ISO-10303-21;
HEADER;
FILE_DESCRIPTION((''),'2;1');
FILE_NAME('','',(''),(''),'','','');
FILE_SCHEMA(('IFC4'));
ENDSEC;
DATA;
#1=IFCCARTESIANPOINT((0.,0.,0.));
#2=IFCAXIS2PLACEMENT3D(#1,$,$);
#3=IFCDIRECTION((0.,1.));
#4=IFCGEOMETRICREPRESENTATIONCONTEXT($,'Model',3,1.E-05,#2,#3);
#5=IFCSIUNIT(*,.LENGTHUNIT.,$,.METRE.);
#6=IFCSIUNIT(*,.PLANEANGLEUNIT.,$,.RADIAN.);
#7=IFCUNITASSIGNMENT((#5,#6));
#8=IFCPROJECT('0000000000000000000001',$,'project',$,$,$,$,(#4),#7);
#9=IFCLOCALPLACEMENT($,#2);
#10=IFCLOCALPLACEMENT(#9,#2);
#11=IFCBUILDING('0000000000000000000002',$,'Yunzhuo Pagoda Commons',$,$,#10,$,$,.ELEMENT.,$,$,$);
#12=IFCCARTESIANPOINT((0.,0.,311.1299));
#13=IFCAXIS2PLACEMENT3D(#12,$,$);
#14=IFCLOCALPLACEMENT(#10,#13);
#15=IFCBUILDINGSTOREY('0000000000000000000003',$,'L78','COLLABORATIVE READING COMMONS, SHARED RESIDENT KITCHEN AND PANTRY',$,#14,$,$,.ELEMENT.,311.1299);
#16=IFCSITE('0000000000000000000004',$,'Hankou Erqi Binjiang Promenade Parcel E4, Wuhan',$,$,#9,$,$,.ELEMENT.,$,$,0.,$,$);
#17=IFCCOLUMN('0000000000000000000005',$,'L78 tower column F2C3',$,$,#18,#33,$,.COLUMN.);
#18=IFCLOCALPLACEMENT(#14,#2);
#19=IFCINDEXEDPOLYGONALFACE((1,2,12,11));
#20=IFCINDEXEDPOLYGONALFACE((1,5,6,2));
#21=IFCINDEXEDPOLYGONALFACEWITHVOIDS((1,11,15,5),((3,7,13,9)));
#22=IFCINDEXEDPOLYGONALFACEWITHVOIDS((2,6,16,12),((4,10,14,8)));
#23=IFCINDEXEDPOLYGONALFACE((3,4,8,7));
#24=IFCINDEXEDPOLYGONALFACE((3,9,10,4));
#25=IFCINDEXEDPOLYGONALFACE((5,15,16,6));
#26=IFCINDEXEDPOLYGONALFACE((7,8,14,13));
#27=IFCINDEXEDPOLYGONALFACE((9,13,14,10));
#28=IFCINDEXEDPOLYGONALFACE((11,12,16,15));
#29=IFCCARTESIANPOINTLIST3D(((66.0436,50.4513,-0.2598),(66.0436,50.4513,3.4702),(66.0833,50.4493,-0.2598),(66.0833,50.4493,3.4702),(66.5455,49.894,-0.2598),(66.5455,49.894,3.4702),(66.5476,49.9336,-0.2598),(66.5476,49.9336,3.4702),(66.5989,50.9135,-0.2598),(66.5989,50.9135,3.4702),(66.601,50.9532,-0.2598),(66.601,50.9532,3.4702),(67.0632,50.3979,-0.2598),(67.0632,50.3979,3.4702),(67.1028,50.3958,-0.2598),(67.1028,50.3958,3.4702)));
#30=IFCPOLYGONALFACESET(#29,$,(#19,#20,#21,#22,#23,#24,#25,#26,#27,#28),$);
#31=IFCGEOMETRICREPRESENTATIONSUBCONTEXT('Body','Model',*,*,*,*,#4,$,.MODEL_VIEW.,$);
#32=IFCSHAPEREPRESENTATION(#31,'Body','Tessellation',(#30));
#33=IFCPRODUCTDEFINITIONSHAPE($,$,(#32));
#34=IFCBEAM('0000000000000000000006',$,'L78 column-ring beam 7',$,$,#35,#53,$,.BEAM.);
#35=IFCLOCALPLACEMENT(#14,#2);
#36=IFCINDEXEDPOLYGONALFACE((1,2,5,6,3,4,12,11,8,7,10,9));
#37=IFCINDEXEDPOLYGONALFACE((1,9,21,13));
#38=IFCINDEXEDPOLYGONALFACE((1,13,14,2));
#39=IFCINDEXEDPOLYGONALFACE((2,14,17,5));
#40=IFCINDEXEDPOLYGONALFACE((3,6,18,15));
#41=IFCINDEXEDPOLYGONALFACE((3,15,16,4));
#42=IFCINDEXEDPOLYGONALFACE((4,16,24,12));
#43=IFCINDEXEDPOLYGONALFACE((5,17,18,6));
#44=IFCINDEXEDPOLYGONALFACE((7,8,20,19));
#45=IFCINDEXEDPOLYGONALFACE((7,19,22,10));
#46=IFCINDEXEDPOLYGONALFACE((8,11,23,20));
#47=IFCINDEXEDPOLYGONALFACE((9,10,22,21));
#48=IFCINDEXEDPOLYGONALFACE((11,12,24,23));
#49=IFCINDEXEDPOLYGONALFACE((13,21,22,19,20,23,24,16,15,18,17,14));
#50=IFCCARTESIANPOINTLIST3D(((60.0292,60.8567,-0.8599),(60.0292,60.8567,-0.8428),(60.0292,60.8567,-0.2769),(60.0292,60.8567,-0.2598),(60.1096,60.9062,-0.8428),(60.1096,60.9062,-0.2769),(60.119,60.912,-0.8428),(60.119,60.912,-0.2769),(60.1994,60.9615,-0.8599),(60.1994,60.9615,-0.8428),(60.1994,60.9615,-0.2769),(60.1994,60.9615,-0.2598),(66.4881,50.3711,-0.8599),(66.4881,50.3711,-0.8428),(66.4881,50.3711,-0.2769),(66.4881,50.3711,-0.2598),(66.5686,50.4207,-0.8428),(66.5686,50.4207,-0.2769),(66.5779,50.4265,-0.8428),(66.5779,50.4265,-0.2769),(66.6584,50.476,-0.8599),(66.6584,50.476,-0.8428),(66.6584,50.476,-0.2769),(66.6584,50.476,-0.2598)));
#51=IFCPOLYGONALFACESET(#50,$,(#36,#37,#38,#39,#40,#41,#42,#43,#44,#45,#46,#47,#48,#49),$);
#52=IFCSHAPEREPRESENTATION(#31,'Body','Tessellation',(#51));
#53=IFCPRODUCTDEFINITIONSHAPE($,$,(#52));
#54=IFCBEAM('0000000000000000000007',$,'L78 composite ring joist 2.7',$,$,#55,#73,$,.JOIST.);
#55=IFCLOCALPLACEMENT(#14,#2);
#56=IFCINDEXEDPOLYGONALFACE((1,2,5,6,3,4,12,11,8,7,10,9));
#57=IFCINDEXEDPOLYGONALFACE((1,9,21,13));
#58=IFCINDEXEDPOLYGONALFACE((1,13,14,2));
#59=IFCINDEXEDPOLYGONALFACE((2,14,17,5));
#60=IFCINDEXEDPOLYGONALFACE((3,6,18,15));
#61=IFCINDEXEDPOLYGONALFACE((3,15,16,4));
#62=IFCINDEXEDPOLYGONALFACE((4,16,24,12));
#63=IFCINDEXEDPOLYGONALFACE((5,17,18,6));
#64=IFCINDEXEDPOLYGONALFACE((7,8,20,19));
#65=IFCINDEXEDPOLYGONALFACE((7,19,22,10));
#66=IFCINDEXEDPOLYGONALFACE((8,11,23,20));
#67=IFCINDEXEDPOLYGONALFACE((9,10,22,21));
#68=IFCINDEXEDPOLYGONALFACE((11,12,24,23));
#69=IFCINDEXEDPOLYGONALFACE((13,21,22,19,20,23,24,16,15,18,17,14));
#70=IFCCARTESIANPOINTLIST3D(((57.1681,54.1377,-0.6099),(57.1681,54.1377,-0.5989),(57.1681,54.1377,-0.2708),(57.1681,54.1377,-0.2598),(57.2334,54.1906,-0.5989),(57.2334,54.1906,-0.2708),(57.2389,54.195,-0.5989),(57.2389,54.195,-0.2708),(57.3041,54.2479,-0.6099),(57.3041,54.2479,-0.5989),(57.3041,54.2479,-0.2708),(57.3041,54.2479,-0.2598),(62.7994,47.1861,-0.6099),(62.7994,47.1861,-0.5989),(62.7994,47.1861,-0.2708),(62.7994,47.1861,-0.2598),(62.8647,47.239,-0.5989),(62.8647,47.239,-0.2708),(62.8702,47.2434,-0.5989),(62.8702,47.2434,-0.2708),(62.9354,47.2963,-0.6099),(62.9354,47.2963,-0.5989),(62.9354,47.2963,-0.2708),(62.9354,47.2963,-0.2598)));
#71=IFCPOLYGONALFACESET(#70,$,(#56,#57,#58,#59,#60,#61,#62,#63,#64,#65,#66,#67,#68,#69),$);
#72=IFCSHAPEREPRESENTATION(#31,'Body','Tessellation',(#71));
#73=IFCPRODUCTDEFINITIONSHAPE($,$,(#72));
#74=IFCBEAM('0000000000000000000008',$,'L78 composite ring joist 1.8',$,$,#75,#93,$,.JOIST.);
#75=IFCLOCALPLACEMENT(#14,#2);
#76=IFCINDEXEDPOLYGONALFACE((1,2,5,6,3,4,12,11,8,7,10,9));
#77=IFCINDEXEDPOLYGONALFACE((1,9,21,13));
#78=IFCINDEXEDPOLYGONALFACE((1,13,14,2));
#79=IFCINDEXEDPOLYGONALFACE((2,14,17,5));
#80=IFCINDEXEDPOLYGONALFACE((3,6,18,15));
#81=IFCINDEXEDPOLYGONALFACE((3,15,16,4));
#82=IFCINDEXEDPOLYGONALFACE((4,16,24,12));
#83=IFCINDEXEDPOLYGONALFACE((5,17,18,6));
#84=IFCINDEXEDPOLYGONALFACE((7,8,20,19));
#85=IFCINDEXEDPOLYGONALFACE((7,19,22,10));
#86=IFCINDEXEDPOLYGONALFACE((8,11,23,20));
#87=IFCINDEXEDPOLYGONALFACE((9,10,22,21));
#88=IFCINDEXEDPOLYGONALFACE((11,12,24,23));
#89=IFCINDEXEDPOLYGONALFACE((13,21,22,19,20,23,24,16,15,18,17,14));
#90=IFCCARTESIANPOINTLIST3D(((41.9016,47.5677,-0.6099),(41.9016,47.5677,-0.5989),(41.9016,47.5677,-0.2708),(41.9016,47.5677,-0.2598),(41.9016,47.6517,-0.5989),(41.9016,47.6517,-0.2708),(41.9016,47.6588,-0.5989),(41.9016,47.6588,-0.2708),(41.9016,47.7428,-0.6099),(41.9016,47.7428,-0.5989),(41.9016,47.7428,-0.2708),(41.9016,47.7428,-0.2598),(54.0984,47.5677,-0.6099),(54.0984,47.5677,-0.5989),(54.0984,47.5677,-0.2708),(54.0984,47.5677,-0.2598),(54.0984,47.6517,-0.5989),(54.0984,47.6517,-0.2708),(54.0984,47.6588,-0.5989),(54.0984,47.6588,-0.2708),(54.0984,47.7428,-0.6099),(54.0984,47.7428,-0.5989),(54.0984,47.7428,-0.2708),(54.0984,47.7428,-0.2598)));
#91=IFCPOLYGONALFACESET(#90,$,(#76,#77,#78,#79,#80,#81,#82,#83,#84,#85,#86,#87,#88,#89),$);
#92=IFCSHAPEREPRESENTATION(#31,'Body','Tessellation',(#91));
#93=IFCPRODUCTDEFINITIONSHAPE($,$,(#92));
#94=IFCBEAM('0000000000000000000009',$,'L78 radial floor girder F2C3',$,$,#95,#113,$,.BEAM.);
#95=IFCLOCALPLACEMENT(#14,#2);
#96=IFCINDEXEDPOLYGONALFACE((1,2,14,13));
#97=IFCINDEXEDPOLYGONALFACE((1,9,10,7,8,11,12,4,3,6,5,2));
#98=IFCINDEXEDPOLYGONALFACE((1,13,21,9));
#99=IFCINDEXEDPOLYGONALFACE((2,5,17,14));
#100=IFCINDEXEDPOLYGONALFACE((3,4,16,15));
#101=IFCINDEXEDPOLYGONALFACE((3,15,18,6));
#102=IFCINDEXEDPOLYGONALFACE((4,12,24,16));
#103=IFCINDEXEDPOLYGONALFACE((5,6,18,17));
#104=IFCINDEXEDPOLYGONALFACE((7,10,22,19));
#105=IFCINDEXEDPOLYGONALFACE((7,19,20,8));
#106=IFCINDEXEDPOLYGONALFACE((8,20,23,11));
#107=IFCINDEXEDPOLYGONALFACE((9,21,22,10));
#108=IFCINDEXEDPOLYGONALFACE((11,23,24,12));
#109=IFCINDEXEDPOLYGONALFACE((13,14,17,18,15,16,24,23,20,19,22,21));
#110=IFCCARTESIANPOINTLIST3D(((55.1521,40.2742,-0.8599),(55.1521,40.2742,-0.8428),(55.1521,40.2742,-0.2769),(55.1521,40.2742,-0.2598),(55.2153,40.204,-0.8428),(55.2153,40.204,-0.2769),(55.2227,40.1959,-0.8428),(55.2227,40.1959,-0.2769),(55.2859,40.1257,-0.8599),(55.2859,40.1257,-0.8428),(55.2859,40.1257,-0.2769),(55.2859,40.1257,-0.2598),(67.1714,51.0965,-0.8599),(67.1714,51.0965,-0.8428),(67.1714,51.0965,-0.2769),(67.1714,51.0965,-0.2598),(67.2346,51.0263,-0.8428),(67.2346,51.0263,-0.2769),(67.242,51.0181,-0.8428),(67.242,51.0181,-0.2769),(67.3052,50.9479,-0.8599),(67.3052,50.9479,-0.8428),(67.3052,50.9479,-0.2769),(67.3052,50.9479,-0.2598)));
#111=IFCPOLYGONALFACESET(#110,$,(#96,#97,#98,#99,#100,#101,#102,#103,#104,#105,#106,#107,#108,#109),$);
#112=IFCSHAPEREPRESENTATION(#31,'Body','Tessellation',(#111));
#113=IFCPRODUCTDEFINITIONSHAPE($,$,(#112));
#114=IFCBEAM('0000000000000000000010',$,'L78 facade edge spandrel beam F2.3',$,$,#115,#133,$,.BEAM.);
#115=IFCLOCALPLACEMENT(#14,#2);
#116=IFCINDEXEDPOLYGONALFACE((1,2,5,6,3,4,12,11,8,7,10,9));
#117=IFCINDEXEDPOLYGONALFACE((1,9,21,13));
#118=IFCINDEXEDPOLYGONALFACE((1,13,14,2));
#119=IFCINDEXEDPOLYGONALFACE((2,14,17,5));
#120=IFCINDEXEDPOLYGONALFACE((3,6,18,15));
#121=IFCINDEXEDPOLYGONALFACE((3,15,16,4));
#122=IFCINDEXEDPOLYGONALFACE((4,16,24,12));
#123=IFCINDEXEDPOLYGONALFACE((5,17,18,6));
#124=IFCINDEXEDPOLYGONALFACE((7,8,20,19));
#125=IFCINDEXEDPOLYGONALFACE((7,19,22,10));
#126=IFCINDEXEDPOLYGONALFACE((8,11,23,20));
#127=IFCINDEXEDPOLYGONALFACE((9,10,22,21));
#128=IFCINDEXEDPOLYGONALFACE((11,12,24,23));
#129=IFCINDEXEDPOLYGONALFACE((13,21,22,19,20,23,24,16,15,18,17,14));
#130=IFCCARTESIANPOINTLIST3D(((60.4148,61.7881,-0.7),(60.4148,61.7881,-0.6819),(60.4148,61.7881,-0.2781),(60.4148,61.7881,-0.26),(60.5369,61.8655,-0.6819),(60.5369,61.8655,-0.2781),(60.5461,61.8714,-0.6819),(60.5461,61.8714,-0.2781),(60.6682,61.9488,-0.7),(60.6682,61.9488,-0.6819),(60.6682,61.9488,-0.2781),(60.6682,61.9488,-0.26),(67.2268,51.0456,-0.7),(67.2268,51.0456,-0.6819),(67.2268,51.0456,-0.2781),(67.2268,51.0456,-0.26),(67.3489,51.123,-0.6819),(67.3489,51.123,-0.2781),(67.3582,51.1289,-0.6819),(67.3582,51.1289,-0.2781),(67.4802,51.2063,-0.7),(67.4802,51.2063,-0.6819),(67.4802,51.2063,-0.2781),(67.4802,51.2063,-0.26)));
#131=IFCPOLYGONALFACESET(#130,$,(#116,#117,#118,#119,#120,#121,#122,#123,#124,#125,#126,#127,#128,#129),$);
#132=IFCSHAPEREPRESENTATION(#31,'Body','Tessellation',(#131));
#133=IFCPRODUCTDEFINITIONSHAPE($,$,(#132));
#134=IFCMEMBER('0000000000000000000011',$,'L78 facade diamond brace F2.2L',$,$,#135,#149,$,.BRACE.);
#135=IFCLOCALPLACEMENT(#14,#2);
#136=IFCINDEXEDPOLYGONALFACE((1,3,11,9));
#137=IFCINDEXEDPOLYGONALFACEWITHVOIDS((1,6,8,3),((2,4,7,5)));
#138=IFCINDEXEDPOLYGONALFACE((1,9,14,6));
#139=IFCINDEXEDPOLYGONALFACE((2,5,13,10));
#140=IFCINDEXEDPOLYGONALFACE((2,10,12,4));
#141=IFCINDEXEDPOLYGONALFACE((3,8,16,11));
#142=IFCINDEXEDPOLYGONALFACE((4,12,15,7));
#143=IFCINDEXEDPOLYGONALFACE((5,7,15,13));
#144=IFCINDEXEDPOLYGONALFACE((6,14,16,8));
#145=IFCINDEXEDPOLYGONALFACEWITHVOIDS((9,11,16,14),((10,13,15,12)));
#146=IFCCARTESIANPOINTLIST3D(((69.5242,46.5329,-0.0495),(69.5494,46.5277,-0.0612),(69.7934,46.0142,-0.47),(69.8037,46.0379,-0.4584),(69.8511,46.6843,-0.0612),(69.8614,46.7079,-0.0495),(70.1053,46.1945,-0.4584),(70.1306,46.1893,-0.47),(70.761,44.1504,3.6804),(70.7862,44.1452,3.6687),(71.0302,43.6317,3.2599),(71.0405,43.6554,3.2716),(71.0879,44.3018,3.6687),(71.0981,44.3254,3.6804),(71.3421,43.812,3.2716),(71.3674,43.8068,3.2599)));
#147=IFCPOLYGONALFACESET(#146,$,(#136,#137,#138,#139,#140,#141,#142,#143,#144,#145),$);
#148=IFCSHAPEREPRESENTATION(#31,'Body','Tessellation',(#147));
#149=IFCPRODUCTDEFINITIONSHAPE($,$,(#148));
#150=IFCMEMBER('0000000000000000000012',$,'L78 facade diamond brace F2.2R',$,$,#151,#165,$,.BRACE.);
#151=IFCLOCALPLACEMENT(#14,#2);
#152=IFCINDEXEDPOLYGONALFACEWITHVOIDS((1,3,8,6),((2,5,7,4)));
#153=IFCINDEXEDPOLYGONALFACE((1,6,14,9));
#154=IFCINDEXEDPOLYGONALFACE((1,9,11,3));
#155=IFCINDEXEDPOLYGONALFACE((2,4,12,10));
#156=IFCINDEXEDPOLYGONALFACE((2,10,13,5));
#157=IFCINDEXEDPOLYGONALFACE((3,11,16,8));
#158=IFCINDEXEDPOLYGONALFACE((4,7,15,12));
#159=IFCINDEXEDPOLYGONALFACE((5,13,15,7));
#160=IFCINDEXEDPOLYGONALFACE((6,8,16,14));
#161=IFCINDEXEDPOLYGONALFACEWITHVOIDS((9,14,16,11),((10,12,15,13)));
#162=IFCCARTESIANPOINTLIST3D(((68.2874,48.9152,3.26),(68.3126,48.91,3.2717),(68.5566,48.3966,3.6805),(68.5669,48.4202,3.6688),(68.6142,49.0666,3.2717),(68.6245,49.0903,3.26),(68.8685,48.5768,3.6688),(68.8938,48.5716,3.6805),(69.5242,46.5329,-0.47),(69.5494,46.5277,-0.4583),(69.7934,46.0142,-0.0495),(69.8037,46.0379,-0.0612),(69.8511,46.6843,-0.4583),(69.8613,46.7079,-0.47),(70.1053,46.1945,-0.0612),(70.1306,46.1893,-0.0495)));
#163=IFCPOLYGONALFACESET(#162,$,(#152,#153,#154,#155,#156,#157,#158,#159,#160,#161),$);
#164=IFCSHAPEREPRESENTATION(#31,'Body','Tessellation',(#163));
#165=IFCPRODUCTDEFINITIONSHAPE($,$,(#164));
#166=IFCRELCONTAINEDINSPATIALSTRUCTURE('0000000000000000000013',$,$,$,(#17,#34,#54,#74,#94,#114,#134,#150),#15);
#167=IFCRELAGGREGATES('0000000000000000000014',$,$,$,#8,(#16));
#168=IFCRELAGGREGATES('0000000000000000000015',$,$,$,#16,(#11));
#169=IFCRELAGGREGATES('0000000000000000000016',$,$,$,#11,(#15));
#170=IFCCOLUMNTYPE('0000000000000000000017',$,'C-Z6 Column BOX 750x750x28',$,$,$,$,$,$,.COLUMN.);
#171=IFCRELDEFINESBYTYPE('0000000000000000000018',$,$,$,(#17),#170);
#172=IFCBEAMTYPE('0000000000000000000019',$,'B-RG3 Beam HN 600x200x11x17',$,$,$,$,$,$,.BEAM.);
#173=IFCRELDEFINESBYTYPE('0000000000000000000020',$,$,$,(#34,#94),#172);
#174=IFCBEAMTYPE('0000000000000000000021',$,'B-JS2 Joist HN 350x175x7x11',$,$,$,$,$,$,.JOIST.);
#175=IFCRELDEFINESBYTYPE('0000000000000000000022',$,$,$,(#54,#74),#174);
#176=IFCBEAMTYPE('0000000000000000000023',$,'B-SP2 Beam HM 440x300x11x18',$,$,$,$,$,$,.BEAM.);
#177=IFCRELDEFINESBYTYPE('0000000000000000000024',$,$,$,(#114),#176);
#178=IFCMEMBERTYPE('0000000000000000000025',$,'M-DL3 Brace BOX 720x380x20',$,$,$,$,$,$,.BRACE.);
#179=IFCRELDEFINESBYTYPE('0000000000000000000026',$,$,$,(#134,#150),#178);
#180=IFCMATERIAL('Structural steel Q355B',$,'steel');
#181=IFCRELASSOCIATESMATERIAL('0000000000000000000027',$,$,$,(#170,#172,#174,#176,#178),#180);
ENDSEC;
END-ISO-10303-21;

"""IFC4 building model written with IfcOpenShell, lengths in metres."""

from ifc_helpers import new_model, si_unit, direction, frame, origin, origin_2d, place, context, subcontext, project, spatial, hollow_rectangle, i_section, extrude, source, transform, mapped, material, material_profile, profile_set, type_object, element, save


model = new_model("IFC4")

# Units and contexts
model_context = context("Model", 3, precision=1e-05, world=origin(), true_north=direction((0.0, 1.0)))
body_context = subcontext(model_context, "Body", "Model", "MODEL_VIEW")
ifc_project = project(units=[si_unit("LENGTHUNIT", "METRE"), si_unit("PLANEANGLEUNIT", "RADIAN")], contexts=[model_context])

# Site, building, storey
site_placement = place(None, origin())
site = spatial("IfcSite", under=ifc_project, at=site_placement, Name="Hankou Erqi Binjiang Promenade Parcel E4, Wuhan", CompositionType="ELEMENT", RefElevation=0.0)
building_placement = place(site_placement, origin())
building = spatial("IfcBuilding", under=site, at=building_placement, Name="Yunzhuo Pagoda Commons", CompositionType="ELEMENT")
storey_placement = place(building_placement, frame((0.0, 0.0, 311.1299)))
storey = spatial("IfcBuildingStorey", under=building, at=storey_placement, Name="L78", Description="COLLABORATIVE READING COMMONS, SHARED RESIDENT KITCHEN AND PANTRY", CompositionType="ELEMENT", Elevation=311.1299)

# Column
ifc_material_1 = material(Name="Structural steel Q355B", Category="steel")
ifc_material_profile_1 = material_profile(ifc_material_1, hollow_rectangle(XDim=0.75, YDim=0.75, WallThickness=0.0281, at=origin_2d()), Name="Structural steel Q355B")
ifc_profile_set_1 = profile_set([ifc_material_profile_1], Name="Structural steel Q355B")
column_type = type_object("IfcColumnType", Name="C-Z6 Column BOX 750x750x28", PredefinedType="COLUMN", material=ifc_profile_set_1)
shared_shape_1 = source(origin(), body_context, "Body", "SweptSolid", [
    extrude(hollow_rectangle(XDim=0.75, YDim=0.75, WallThickness=0.0281, at=origin_2d()), origin(), (0.0, 0.0, 1.0), 3.73),
])
column_placement = place(storey_placement, frame((66.5732, 50.4236, -0.2598), z_axis=(0.0, 0.0, 1.0), x_axis=(-0.669131, 0.743145, 0.0)))
element("IfcColumn", 1, at=column_placement, inside=storey, type_object=column_type, Name="L78 tower column F2C3", PredefinedType="COLUMN", context=body_context, shape_type="MappedRepresentation", body=[
    mapped(shared_shape_1, transform((0.0, 0.0, 0.0), scale=1.0)),
])

# Beams
ifc_material_profile_2 = material_profile(ifc_material_1, i_section(OverallWidth=0.2, OverallDepth=0.6001, WebThickness=0.011, FlangeThickness=0.0171, at=origin_2d()), Name="Structural steel Q355B")
ifc_profile_set_2 = profile_set([ifc_material_profile_2], Name="Structural steel Q355B")
beam_type_1 = type_object("IfcBeamType", Name="B-RG3 Beam HN 600x200x11x17", PredefinedType="BEAM", material=ifc_profile_set_2)
shared_shape_2 = source(origin(), body_context, "Body", "SweptSolid", [
    extrude(i_section(OverallWidth=0.2, OverallDepth=0.6001, WebThickness=0.011, FlangeThickness=0.0171, at=origin_2d()), origin(), (0.0, 0.0, 1.0), 12.3152),
])
beam_1_placement = place(storey_placement, frame((66.5732, 50.4236, -0.5598), z_axis=(-0.524469, 0.85143, 0.0), x_axis=(-0.85143, -0.524469, 0.0)))
element("IfcBeam", 2, at=beam_1_placement, inside=storey, type_object=beam_type_1, Name="L78 column-ring beam 7", PredefinedType="BEAM", context=body_context, shape_type="MappedRepresentation", body=[
    mapped(shared_shape_2, transform((0.0, 0.0, 0.0), scale=1.0)),
])
ifc_material_profile_3 = material_profile(ifc_material_1, i_section(OverallWidth=0.175, OverallDepth=0.3501, WebThickness=0.0071, FlangeThickness=0.011, at=origin_2d()), Name="Structural steel Q355B")
ifc_profile_set_3 = profile_set([ifc_material_profile_3], Name="Structural steel Q355B")
beam_type_2 = type_object("IfcBeamType", Name="B-JS2 Joist HN 350x175x7x11", PredefinedType="JOIST", material=ifc_profile_set_3)
shared_shape_3 = source(origin(), body_context, "Body", "SweptSolid", [
    extrude(i_section(OverallWidth=0.175, OverallDepth=0.3501, WebThickness=0.0071, FlangeThickness=0.011, at=origin_2d()), origin(), (0.0, 0.0, 1.0), 8.9463),
])
beam_2_placement = place(storey_placement, frame((62.8674, 47.2412, -0.4348), z_axis=(-0.629456, 0.777036, 0.0), x_axis=(-0.777036, -0.629456, 0.0)))
element("IfcBeam", 3, at=beam_2_placement, inside=storey, type_object=beam_type_2, Name="L78 composite ring joist 2.7", PredefinedType="JOIST", context=body_context, shape_type="MappedRepresentation", body=[
    mapped(shared_shape_3, transform((0.0, 0.0, 0.0), scale=1.0)),
])
shared_shape_4 = source(origin(), body_context, "Body", "SweptSolid", [
    extrude(i_section(OverallWidth=0.175, OverallDepth=0.3501, WebThickness=0.0071, FlangeThickness=0.011, at=origin_2d()), origin(), (0.0, 0.0, 1.0), 12.1968),
])
beam_3_placement = place(storey_placement, frame((54.0984, 47.6553, -0.4348), z_axis=(-1.0, 0.0, 0.0), x_axis=(0.0, -1.0, 0.0)))
element("IfcBeam", 4, at=beam_3_placement, inside=storey, type_object=beam_type_2, Name="L78 composite ring joist 1.8", PredefinedType="JOIST", context=body_context, shape_type="MappedRepresentation", body=[
    mapped(shared_shape_4, transform((0.0, 0.0, 0.0), scale=1.0)),
])
shared_shape_5 = source(origin(), body_context, "Body", "SweptSolid", [
    extrude(i_section(OverallWidth=0.2, OverallDepth=0.6001, WebThickness=0.011, FlangeThickness=0.0171, at=origin_2d()), origin(), (0.0, 0.0, 1.0), 16.1736),
])
beam_4_placement = place(storey_placement, frame((67.2383, 51.0222, -0.5598), z_axis=(-0.743143, -0.669132, 0.0), x_axis=(0.669132, -0.743143, 0.0)))
element("IfcBeam", 5, at=beam_4_placement, inside=storey, type_object=beam_type_1, Name="L78 radial floor girder F2C3", PredefinedType="BEAM", context=body_context, shape_type="MappedRepresentation", body=[
    mapped(shared_shape_5, transform((0.0, 0.0, 0.0), scale=1.0)),
])
ifc_material_profile_4 = material_profile(ifc_material_1, i_section(OverallWidth=0.3, OverallDepth=0.4399, WebThickness=0.011, FlangeThickness=0.0181, at=origin_2d()), Name="Structural steel Q355B")
ifc_profile_set_4 = profile_set([ifc_material_profile_4], Name="Structural steel Q355B")
beam_type_3 = type_object("IfcBeamType", Name="B-SP2 Beam HM 440x300x11x18", PredefinedType="BEAM", material=ifc_profile_set_4)
shared_shape_6 = source(origin(), body_context, "Body", "SweptSolid", [
    extrude(i_section(OverallWidth=0.3, OverallDepth=0.4399, WebThickness=0.011, FlangeThickness=0.0181, at=origin_2d()), origin(), (0.0, 0.0, 1.0), 12.7202),
])
beam_5_placement = place(storey_placement, frame((67.3535, 51.126, -0.48), z_axis=(-0.535527, 0.844518, 0.0), x_axis=(-0.844518, -0.535527, 0.0)))
element("IfcBeam", 6, at=beam_5_placement, inside=storey, type_object=beam_type_3, Name="L78 facade edge spandrel beam F2.3", PredefinedType="BEAM", context=body_context, shape_type="MappedRepresentation", body=[
    mapped(shared_shape_6, transform((0.0, 0.0, 0.0), scale=1.0)),
])

# Members
ifc_material_profile_5 = material_profile(ifc_material_1, hollow_rectangle(XDim=0.3799, YDim=0.72, WallThickness=0.02, at=origin_2d()), Name="Structural steel Q355B")
ifc_profile_set_5 = profile_set([ifc_material_profile_5], Name="Structural steel Q355B")
member_type_1 = type_object("IfcMemberType", Name="M-DL3 Brace BOX 720x380x20", PredefinedType="BRACE", material=ifc_profile_set_5)
shared_shape_7 = source(origin(), body_context, "Body", "SweptSolid", [
    extrude(hollow_rectangle(XDim=0.3799, YDim=0.72, WallThickness=0.02, at=origin_2d()), origin(), (0.0, 0.0, 1.0), 4.5955),
])
for number, where, z_axis, x_axis, name in (
    (7, (69.8274, 46.3611, -0.2598), (0.269133, -0.518451, 0.81165), (0.88754, 0.460731, 0.0), "L78 facade diamond brace F2.2L"),
    (8, (69.8274, 46.3611, -0.2598), (-0.269141, 0.518412, 0.811672), (-0.88752, -0.460768, 0.0), "L78 facade diamond brace F2.2R"),
):
    element("IfcMember", number, at=place(storey_placement, frame(where, z_axis=z_axis, x_axis=x_axis)), inside=storey, type_object=member_type_1, Name=name, PredefinedType="BRACE", context=body_context, shape_type="MappedRepresentation", body=[
        mapped(shared_shape_7, transform((0.0, 0.0, 0.0), scale=1.0)),
    ])

save(model, "model.ifc")
